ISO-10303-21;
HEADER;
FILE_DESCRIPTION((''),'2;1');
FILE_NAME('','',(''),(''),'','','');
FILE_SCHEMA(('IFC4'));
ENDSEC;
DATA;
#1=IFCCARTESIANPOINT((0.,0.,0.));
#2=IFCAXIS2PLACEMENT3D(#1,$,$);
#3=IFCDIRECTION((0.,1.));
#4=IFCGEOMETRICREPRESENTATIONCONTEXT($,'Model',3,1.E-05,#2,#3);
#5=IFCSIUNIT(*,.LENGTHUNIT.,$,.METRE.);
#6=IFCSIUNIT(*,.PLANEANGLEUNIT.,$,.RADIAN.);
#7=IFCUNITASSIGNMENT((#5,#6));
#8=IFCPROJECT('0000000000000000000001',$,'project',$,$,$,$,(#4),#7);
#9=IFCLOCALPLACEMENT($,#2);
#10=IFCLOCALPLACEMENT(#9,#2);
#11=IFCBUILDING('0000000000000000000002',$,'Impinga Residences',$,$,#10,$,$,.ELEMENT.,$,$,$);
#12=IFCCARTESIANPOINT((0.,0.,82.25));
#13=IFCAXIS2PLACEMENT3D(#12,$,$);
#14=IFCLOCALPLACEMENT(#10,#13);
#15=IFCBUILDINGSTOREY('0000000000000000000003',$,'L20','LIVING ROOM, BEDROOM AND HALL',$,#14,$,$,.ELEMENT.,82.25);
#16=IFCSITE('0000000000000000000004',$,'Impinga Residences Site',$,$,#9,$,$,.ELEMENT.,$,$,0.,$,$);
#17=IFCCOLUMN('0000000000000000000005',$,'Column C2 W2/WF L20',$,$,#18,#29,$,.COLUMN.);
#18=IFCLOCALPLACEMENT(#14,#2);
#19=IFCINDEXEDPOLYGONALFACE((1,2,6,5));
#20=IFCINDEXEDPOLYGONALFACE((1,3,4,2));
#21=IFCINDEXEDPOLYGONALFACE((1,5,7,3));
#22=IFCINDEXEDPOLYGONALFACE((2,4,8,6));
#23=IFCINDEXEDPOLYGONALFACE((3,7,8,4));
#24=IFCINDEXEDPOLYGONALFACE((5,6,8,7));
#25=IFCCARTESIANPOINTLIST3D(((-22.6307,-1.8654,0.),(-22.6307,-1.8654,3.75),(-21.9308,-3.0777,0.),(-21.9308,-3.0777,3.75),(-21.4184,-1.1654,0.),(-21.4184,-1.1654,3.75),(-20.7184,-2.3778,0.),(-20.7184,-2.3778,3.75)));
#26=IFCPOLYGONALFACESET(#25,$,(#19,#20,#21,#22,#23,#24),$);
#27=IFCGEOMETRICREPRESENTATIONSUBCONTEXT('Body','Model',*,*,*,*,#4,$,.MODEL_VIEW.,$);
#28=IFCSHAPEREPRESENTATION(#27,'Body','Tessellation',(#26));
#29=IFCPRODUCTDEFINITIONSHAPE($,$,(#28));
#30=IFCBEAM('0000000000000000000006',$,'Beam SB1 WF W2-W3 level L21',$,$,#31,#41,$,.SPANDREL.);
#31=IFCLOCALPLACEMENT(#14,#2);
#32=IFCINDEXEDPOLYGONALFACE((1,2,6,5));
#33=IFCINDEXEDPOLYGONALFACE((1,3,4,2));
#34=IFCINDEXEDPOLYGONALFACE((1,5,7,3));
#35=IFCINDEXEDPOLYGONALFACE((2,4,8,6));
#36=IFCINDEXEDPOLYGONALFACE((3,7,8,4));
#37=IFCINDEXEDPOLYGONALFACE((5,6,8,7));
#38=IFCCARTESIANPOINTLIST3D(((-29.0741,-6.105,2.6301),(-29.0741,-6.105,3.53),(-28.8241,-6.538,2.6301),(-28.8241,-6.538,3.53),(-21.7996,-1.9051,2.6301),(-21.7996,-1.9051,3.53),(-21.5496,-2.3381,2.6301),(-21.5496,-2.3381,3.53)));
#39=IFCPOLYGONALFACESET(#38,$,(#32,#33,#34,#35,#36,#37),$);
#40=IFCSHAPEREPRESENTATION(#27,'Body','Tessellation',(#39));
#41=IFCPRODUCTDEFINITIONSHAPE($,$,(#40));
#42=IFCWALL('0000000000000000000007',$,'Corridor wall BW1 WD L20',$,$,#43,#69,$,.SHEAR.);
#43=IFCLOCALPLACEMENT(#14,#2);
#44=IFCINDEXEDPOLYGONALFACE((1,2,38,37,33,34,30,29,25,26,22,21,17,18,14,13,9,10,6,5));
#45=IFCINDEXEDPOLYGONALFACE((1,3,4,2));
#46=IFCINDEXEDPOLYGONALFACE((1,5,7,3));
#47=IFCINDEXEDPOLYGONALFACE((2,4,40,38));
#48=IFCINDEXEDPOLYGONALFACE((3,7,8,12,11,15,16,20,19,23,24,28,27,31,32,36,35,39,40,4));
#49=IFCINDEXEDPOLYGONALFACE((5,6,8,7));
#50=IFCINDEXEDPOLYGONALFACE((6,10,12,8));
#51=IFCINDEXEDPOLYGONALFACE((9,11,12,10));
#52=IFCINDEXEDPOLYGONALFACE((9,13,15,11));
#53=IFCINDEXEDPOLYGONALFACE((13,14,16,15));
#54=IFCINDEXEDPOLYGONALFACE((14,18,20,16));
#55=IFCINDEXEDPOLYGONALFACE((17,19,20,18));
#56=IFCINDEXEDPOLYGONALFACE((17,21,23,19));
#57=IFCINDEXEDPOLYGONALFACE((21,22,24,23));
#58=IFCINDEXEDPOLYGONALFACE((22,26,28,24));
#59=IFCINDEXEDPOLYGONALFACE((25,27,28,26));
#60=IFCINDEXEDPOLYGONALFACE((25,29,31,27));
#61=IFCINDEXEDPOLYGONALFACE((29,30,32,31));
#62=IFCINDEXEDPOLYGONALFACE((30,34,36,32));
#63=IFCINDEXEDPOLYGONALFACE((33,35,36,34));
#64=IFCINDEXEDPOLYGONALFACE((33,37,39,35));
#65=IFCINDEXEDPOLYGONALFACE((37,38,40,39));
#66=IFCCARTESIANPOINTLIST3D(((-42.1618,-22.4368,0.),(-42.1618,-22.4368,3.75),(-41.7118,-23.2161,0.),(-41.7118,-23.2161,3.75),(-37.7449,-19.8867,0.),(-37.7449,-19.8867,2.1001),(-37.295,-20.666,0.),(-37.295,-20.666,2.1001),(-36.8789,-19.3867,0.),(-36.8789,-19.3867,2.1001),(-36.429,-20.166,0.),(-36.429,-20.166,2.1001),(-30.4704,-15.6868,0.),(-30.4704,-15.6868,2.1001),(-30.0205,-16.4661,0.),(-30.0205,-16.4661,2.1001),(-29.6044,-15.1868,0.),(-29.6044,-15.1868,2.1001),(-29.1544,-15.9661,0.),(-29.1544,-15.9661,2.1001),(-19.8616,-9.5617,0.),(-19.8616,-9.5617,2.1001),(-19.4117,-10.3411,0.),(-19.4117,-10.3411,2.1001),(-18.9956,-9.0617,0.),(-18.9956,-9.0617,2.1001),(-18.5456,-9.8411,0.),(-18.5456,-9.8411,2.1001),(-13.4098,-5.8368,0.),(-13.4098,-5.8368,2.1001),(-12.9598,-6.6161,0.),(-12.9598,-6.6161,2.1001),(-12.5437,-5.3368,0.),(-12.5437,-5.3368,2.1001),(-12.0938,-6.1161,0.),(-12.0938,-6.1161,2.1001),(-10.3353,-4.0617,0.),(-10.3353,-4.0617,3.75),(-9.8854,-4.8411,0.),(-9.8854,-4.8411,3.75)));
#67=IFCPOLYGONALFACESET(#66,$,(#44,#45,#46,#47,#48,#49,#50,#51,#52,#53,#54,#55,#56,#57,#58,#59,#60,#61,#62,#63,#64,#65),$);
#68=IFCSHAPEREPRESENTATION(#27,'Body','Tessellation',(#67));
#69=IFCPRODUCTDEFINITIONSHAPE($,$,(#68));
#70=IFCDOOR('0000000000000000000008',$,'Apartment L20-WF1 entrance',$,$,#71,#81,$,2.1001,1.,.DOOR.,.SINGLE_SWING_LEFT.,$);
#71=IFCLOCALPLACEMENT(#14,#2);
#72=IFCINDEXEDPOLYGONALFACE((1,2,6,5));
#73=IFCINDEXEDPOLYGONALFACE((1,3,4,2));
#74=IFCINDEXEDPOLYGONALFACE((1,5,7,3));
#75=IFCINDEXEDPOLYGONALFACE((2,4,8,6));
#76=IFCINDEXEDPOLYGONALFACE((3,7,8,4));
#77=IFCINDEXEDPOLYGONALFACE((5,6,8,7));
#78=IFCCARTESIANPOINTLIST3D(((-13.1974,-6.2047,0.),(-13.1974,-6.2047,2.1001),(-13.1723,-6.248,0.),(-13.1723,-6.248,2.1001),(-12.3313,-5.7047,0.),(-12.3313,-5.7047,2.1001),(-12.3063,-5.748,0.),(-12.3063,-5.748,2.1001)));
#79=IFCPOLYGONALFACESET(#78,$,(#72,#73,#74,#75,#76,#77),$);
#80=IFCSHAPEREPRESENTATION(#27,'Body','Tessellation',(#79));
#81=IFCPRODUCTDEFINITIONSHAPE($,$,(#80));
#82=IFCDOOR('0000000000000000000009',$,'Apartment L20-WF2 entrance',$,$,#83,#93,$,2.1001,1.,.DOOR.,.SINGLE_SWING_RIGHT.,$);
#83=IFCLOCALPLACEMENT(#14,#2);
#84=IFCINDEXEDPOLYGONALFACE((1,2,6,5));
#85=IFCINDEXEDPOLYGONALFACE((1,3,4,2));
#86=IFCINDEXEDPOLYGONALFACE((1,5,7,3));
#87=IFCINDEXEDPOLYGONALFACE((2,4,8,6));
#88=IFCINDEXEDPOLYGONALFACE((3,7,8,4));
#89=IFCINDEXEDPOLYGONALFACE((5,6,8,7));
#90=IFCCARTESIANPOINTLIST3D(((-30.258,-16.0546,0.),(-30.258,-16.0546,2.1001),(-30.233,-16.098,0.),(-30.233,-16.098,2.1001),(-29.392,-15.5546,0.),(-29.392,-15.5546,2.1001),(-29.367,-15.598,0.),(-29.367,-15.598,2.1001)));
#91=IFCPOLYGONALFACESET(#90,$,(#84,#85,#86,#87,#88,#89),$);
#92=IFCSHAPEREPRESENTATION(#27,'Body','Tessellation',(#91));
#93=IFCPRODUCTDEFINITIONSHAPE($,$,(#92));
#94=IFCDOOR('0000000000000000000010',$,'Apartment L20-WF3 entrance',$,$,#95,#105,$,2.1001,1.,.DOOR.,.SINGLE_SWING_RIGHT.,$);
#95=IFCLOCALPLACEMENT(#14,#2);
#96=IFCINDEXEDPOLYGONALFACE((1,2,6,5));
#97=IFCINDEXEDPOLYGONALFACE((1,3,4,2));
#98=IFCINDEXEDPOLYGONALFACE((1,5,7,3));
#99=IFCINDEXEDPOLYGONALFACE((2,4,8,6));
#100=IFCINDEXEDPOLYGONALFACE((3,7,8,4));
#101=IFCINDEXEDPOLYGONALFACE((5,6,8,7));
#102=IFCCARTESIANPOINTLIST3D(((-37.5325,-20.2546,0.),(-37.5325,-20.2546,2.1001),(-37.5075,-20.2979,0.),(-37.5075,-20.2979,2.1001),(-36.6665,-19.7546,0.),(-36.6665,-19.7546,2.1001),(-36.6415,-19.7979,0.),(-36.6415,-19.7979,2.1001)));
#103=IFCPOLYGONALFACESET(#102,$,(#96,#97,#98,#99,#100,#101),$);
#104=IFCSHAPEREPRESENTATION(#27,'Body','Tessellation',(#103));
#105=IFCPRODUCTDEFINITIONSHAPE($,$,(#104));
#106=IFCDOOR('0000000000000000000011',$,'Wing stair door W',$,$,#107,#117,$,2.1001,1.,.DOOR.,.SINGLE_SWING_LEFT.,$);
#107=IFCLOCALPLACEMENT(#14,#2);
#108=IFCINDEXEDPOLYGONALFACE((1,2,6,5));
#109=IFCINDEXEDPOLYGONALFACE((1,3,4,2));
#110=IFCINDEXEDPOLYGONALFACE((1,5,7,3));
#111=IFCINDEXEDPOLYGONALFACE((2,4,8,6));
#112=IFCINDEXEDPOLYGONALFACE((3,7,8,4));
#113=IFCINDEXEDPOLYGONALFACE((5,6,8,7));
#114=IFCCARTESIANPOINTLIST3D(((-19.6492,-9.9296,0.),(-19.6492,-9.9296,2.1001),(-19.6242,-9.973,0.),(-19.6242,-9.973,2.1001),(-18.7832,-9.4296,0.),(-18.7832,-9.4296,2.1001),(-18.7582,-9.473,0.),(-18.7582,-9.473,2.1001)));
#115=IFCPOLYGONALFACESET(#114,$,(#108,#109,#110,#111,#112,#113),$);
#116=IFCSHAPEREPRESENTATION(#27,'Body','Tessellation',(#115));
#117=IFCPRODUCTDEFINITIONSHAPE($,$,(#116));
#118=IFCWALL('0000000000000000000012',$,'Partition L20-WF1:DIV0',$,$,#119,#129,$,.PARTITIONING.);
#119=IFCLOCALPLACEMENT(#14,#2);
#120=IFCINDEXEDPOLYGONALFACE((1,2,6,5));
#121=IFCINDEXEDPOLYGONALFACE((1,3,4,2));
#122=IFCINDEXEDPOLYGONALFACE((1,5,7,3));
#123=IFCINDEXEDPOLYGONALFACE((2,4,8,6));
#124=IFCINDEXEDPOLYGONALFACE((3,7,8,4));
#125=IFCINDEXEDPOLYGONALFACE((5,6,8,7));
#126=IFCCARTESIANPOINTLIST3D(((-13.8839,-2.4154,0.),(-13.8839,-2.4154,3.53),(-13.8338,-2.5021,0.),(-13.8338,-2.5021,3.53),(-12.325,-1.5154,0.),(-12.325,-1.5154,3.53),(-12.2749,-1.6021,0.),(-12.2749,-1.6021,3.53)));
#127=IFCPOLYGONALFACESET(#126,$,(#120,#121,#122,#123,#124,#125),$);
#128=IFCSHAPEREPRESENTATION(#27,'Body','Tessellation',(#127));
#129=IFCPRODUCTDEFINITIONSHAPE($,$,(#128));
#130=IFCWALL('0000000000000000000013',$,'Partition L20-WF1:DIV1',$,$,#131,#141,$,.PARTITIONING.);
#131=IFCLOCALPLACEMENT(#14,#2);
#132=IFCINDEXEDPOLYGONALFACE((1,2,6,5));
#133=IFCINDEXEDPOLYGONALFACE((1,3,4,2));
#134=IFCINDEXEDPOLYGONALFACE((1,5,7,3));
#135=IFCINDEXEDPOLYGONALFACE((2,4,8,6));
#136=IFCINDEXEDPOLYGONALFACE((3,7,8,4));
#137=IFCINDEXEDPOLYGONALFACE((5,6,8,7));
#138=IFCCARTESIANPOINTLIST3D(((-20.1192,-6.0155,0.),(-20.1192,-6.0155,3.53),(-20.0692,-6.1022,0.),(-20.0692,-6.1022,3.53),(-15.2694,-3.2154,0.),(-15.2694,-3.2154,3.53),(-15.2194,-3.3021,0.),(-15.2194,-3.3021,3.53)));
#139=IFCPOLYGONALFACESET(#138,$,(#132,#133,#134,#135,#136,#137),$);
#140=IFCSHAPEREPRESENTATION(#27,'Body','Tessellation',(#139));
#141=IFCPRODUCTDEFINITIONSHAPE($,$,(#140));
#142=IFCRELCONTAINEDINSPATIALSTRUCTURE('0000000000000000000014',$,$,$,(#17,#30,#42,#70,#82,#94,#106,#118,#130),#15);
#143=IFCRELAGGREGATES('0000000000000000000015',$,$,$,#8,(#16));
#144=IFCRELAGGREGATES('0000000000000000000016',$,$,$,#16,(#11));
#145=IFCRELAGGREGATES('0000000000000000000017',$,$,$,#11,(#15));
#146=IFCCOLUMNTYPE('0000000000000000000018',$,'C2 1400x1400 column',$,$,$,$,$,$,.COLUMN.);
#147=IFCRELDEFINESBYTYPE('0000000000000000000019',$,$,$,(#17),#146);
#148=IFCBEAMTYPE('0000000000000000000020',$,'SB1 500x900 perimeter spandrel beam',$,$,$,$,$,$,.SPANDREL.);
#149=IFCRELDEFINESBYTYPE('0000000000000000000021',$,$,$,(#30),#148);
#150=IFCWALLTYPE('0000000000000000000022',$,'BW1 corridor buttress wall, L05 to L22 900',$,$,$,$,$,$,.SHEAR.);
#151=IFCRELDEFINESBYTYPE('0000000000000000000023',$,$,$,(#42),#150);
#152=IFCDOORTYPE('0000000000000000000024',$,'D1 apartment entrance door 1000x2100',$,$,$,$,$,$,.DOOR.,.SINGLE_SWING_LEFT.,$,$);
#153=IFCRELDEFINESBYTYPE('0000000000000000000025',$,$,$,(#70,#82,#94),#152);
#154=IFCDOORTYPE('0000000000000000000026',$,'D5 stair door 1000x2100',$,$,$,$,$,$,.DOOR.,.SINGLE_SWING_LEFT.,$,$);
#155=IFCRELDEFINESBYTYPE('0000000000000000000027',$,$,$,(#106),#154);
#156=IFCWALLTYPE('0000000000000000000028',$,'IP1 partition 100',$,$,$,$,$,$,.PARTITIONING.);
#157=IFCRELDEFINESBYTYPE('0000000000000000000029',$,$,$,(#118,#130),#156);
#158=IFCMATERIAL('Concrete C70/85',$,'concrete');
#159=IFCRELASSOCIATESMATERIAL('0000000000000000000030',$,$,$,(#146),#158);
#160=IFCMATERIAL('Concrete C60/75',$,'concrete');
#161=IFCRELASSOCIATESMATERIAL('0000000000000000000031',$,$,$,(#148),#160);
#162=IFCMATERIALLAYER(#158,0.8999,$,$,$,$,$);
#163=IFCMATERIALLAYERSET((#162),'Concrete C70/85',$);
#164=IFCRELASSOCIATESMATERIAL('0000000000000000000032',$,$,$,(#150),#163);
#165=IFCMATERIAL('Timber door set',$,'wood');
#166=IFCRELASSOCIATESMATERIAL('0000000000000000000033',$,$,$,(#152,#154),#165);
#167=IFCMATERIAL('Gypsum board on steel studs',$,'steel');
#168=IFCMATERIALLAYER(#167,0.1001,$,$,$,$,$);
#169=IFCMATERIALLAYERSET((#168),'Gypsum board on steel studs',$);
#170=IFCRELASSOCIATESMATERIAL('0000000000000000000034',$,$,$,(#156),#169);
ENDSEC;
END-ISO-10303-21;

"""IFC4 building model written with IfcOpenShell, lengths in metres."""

from ifc_helpers import new_model, si_unit, direction, frame, frame_2d, origin, origin_2d, place, context, subcontext, project, spatial, rectangle, extrude, material, layer, layer_set, material_profile, profile_set, type_object, element, fill, save


model = new_model("IFC4")

# Units and contexts
model_context = context("Model", 3, precision=1e-05, world=origin(), true_north=direction((0.0, 1.0)))
body_context = subcontext(model_context, "Body", "Model", "MODEL_VIEW")
ifc_project = project(units=[si_unit("LENGTHUNIT", "METRE"), si_unit("PLANEANGLEUNIT", "RADIAN")], contexts=[model_context])

# Site, building, storey
site_placement = place(None, origin())
site = spatial("IfcSite", under=ifc_project, at=site_placement, Name="Impinga Residences Site", CompositionType="ELEMENT", RefElevation=0.0)
building_placement = place(site_placement, origin())
building = spatial("IfcBuilding", under=site, at=building_placement, Name="Impinga Residences", CompositionType="ELEMENT")
storey_placement = place(building_placement, frame((0.0, 0.0, 82.25)))
storey = spatial("IfcBuildingStorey", under=building, at=storey_placement, Name="L20", Description="LIVING ROOM, BEDROOM AND HALL", CompositionType="ELEMENT", Elevation=82.25)

# Column
ifc_material_1 = material(Name="Concrete C70/85", Category="concrete")
ifc_material_profile_1 = material_profile(ifc_material_1, rectangle(XDim=1.3999, YDim=1.3999, at=origin_2d()), Name="RC 1400x1400")
ifc_profile_set_1 = profile_set([ifc_material_profile_1], Name="Concrete C70/85")
column_type = type_object("IfcColumnType", Name="C2 1400x1400 column", PredefinedType="COLUMN", material=ifc_profile_set_1)
column_placement = place(storey_placement, frame((-21.6746, -2.1216, 0.0), z_axis=(0.0, 0.0, 1.0), x_axis=(-0.5, 0.866025, 0.0)))
element("IfcColumn", 1, at=column_placement, inside=storey, type_object=column_type, Name="Column C2 W2/WF L20", PredefinedType="COLUMN", context=body_context, shape_type="SweptSolid", body=[
    extrude(rectangle(XDim=1.3999, YDim=1.3999, at=origin_2d()), origin(), (0.0, 0.0, 1.0), 3.75),
])

# Beam
ifc_material_2 = material(Name="Concrete C60/75", Category="concrete")
ifc_material_profile_2 = material_profile(ifc_material_2, rectangle(XDim=0.5, YDim=0.8999, at=origin_2d()), Name="RC 500x900")
ifc_profile_set_2 = profile_set([ifc_material_profile_2], Name="Concrete C60/75")
beam_type = type_object("IfcBeamType", Name="SB1 500x900 perimeter spandrel beam", PredefinedType="SPANDREL", material=ifc_profile_set_2)
beam_placement = place(storey_placement, frame((-21.6746, -2.1216, 3.0801), z_axis=(-0.866029, -0.499993, 0.0), x_axis=(0.499993, -0.866029, 0.0)))
element("IfcBeam", 2, at=beam_placement, inside=storey, type_object=beam_type, Name="Beam SB1 WF W2-W3 level L21", PredefinedType="SPANDREL", context=body_context, shape_type="SweptSolid", body=[
    extrude(rectangle(XDim=0.5, YDim=0.8999, at=origin_2d()), origin(), (0.0, 0.0, 1.0), 8.3999),
])

# Wall, openings, doors
ifc_layer_1 = layer(ifc_material_1, 0.8999)
ifc_layer_set_1 = layer_set([ifc_layer_1], Name="Concrete C70/85")
wall_type_1 = type_object("IfcWallType", Name="BW1 corridor buttress wall, L05 to L22 900", PredefinedType="SHEAR", material=ifc_layer_set_1)
wall_1_placement = place(storey_placement, frame((-10.1104, -4.4514, 0.0), z_axis=(0.0, 0.0, 1.0), x_axis=(-0.866025, -0.5, 0.0)))
wall_1 = element("IfcWall", 3, at=wall_1_placement, inside=storey, type_object=wall_type_1, Name="Corridor wall BW1 WD L20", PredefinedType="SHEAR", context=body_context, shape_type="SweptSolid", body=[
    extrude(rectangle(XDim=36.75, YDim=0.8999, at=frame_2d((18.375, 0.0))), origin(), (0.0, 0.0, 1.0), 3.75),
])
opening_1_placement = place(wall_1_placement, frame((10.0, 0.0, 0.0)))
opening_1 = element("IfcOpeningElement", 4, at=opening_1_placement, cuts=wall_1, PredefinedType="OPENING", context=body_context, shape_type="SweptSolid", body=[
    extrude(rectangle(XDim=1.0, YDim=2.1001, at=frame_2d((0.5, 1.05))), frame((0.0, 0.46, 0.0), z_axis=(0.0, -1.0, 0.0), x_axis=(1.0, 0.0, 0.0)), (0.0, 0.0, 1.0), 0.9199),
])
opening_2_placement = place(wall_1_placement, frame((2.55, 0.0, 0.0)))
opening_2 = element("IfcOpeningElement", 5, at=opening_2_placement, cuts=wall_1, PredefinedType="OPENING", context=body_context, shape_type="SweptSolid", body=[
    extrude(rectangle(XDim=1.0, YDim=2.1001, at=frame_2d((0.5, 1.05))), frame((0.0, 0.46, 0.0), z_axis=(0.0, -1.0, 0.0), x_axis=(1.0, 0.0, 0.0)), (0.0, 0.0, 1.0), 0.9199),
])
opening_3_placement = place(wall_1_placement, frame((22.25, 0.0, 0.0)))
opening_3 = element("IfcOpeningElement", 6, at=opening_3_placement, cuts=wall_1, PredefinedType="OPENING", context=body_context, shape_type="SweptSolid", body=[
    extrude(rectangle(XDim=1.0, YDim=2.1001, at=frame_2d((0.5, 1.05))), frame((0.0, 0.46, 0.0), z_axis=(0.0, -1.0, 0.0), x_axis=(1.0, 0.0, 0.0)), (0.0, 0.0, 1.0), 0.9199),
])
opening_4_placement = place(wall_1_placement, frame((30.6499, 0.0, 0.0)))
opening_4 = element("IfcOpeningElement", 7, at=opening_4_placement, cuts=wall_1, PredefinedType="OPENING", context=body_context, shape_type="SweptSolid", body=[
    extrude(rectangle(XDim=1.0, YDim=2.1001, at=frame_2d((0.5, 1.05))), frame((0.0, 0.46, 0.0), z_axis=(0.0, -1.0, 0.0), x_axis=(1.0, 0.0, 0.0)), (0.0, 0.0, 1.0), 0.9199),
])
ifc_material_3 = material(Name="Timber door set", Category="wood")
door_type_1 = type_object("IfcDoorType", Name="D1 apartment entrance door 1000x2100", OperationType="SINGLE_SWING_LEFT", PredefinedType="DOOR", material=ifc_material_3)
door_1_placement = place(opening_2_placement, origin())
door_1 = element("IfcDoor", 8, at=door_1_placement, inside=storey, type_object=door_type_1, Name="Apartment L20-WF1 entrance", OperationType="SINGLE_SWING_LEFT", OverallHeight=2.1001, OverallWidth=1.0, PredefinedType="DOOR", context=body_context, shape_type="SweptSolid", body=[
    extrude(rectangle(XDim=1.0, YDim=2.1001, at=frame_2d((0.5, 1.05))), frame((0.0, 0.0249, 0.0), z_axis=(0.0, -1.0, 0.0), x_axis=(1.0, 0.0, 0.0)), (0.0, 0.0, 1.0), 0.05),
])
fill(opening_2, door_1)
door_2_placement = place(opening_3_placement, origin())
door_2 = element("IfcDoor", 9, at=door_2_placement, inside=storey, type_object=door_type_1, Name="Apartment L20-WF2 entrance", OperationType="SINGLE_SWING_RIGHT", OverallHeight=2.1001, OverallWidth=1.0, PredefinedType="DOOR", context=body_context, shape_type="SweptSolid", body=[
    extrude(rectangle(XDim=1.0, YDim=2.1001, at=frame_2d((0.5, 1.05))), frame((0.0, 0.0249, 0.0), z_axis=(0.0, -1.0, 0.0), x_axis=(1.0, 0.0, 0.0)), (0.0, 0.0, 1.0), 0.05),
])
fill(opening_3, door_2)
door_3_placement = place(opening_4_placement, origin())
door_3 = element("IfcDoor", 10, at=door_3_placement, inside=storey, type_object=door_type_1, Name="Apartment L20-WF3 entrance", OperationType="SINGLE_SWING_RIGHT", OverallHeight=2.1001, OverallWidth=1.0, PredefinedType="DOOR", context=body_context, shape_type="SweptSolid", body=[
    extrude(rectangle(XDim=1.0, YDim=2.1001, at=frame_2d((0.5, 1.05))), frame((0.0, 0.0249, 0.0), z_axis=(0.0, -1.0, 0.0), x_axis=(1.0, 0.0, 0.0)), (0.0, 0.0, 1.0), 0.05),
])
fill(opening_4, door_3)
door_type_2 = type_object("IfcDoorType", Name="D5 stair door 1000x2100", OperationType="SINGLE_SWING_LEFT", PredefinedType="DOOR", material=ifc_material_3)
door_4_placement = place(opening_1_placement, origin())
door_4 = element("IfcDoor", 11, at=door_4_placement, inside=storey, type_object=door_type_2, Name="Wing stair door W", OperationType="SINGLE_SWING_LEFT", OverallHeight=2.1001, OverallWidth=1.0, PredefinedType="DOOR", context=body_context, shape_type="SweptSolid", body=[
    extrude(rectangle(XDim=1.0, YDim=2.1001, at=frame_2d((0.5, 1.05))), frame((0.0, 0.0249, 0.0), z_axis=(0.0, -1.0, 0.0), x_axis=(1.0, 0.0, 0.0)), (0.0, 0.0, 1.0), 0.05),
])
fill(opening_1, door_4)

# Walls
ifc_material_4 = material(Name="Gypsum board on steel studs", Category="steel")
ifc_layer_2 = layer(ifc_material_4, 0.1001)
ifc_layer_set_2 = layer_set([ifc_layer_2], Name="Gypsum board on steel studs")
wall_type_2 = type_object("IfcWallType", Name="IP1 partition 100", PredefinedType="PARTITIONING", material=ifc_layer_set_2)
wall_2_placement = place(storey_placement, frame((-12.3, -1.5588, 0.0), z_axis=(0.0, 0.0, 1.0), x_axis=(-0.866048, -0.499961, 0.0)))
element("IfcWall", 12, at=wall_2_placement, inside=storey, type_object=wall_type_2, Name="Partition L20-WF1:DIV0", PredefinedType="PARTITIONING", context=body_context, shape_type="SweptSolid", body=[
    extrude(rectangle(XDim=1.8, YDim=0.1001, at=frame_2d((0.8999, 0.0))), origin(), (0.0, 0.0, 1.0), 3.53),
])
wall_3_placement = place(storey_placement, frame((-15.2444, -3.2588, 0.0), z_axis=(0.0, 0.0, 1.0), x_axis=(-0.866027, -0.499998, 0.0)))
element("IfcWall", 13, at=wall_3_placement, inside=storey, type_object=wall_type_2, Name="Partition L20-WF1:DIV1", PredefinedType="PARTITIONING", context=body_context, shape_type="SweptSolid", body=[
    extrude(rectangle(XDim=5.6001, YDim=0.1001, at=frame_2d((2.8, 0.0))), origin(), (0.0, 0.0, 1.0), 3.53),
])

save(model, "model.ifc")
